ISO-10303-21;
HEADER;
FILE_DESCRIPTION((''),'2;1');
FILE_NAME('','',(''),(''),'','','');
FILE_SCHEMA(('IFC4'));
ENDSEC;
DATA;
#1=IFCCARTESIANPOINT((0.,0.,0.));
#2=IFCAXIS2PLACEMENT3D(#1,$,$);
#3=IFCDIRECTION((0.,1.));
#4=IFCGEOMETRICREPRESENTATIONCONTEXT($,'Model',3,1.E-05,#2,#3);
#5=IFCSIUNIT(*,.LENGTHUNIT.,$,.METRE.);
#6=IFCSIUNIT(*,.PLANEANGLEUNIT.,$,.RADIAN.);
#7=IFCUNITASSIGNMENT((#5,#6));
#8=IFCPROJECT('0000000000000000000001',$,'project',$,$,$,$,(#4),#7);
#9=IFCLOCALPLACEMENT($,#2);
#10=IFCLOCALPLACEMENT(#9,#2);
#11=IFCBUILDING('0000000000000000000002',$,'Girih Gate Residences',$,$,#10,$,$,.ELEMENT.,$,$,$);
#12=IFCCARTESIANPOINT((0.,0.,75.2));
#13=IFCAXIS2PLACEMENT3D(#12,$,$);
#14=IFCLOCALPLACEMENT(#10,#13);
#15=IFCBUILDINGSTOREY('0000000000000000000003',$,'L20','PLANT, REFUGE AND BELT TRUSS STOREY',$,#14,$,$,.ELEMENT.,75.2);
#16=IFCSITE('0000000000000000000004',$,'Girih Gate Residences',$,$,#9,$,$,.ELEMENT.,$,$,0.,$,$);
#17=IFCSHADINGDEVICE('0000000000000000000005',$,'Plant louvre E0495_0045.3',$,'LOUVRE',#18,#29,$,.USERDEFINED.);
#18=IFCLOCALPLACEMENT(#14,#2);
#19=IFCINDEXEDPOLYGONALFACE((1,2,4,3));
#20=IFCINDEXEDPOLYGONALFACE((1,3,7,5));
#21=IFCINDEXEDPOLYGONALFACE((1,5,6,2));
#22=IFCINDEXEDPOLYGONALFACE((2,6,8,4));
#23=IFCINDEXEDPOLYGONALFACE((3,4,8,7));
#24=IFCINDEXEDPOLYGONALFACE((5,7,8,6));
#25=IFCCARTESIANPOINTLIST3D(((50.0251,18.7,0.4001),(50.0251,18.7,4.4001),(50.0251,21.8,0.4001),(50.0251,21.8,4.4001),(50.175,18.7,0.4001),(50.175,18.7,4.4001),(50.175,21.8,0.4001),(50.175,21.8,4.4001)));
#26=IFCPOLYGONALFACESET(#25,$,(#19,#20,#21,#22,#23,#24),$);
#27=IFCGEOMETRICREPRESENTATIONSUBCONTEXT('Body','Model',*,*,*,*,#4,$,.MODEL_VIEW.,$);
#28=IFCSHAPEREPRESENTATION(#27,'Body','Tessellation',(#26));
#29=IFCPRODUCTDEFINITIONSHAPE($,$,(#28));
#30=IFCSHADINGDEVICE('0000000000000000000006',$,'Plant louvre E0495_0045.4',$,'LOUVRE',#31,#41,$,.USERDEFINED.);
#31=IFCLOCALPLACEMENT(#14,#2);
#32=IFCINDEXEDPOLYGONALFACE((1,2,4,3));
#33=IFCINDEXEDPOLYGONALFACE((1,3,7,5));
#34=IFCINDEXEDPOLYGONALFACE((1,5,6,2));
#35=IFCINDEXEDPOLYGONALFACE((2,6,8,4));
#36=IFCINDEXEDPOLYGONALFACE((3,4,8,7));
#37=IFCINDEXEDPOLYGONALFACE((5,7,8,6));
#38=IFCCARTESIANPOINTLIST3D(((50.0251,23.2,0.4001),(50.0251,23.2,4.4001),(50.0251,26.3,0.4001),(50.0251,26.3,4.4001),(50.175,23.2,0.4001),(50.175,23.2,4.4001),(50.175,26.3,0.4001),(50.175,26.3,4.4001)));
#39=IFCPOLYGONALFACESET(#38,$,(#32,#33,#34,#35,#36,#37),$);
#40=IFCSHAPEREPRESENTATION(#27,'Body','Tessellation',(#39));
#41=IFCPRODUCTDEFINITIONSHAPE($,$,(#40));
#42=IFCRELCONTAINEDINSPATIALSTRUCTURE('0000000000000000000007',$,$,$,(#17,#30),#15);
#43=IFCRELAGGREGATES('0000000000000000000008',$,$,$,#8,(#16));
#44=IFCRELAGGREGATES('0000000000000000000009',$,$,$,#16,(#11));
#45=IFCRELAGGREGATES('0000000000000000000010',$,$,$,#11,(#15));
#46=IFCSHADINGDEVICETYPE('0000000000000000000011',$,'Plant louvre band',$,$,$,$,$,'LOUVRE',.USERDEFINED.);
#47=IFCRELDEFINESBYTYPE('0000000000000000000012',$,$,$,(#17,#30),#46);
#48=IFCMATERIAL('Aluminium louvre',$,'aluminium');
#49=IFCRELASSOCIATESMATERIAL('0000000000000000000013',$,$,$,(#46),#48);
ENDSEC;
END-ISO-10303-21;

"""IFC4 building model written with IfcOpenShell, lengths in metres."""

from ifc_helpers import new_model, si_unit, direction, frame, origin, origin_2d, place, context, subcontext, project, spatial, rectangle, extrude, material, type_object, element, save


model = new_model("IFC4")

# Units and contexts
model_context = context("Model", 3, precision=1e-05, world=origin(), true_north=direction((0.0, 1.0)))
body_context = subcontext(model_context, "Body", "Model", "MODEL_VIEW")
ifc_project = project(units=[si_unit("LENGTHUNIT", "METRE"), si_unit("PLANEANGLEUNIT", "RADIAN")], contexts=[model_context])

# Site, building, storey
site_placement = place(None, origin())
site = spatial("IfcSite", under=ifc_project, at=site_placement, Name="Girih Gate Residences", CompositionType="ELEMENT", RefElevation=0.0)
building_placement = place(site_placement, origin())
building = spatial("IfcBuilding", under=site, at=building_placement, Name="Girih Gate Residences", CompositionType="ELEMENT")
storey_placement = place(building_placement, frame((0.0, 0.0, 75.2)))
storey = spatial("IfcBuildingStorey", under=building, at=storey_placement, Name="L20", Description="PLANT, REFUGE AND BELT TRUSS STOREY", CompositionType="ELEMENT", Elevation=75.2)

# Shading devices
ifc_material_1 = material(Name="Aluminium louvre", Category="aluminium")
shading_device_type = type_object("IfcShadingDeviceType", Name="Plant louvre band", ElementType="LOUVRE", PredefinedType="USERDEFINED", material=ifc_material_1)
for number, where, z_axis, x_axis, name in (
    (1, (50.1001, 20.25, 0.4001), (0.0, 0.0, 1.0), (0.0, 1.0, 0.0), "Plant louvre E0495_0045.3"),
    (2, (50.1001, 24.75, 0.4001), (0.0, 0.0, 1.0), (0.0, 1.0, 0.0), "Plant louvre E0495_0045.4"),
):
    element("IfcShadingDevice", number, at=place(storey_placement, frame(where, z_axis=z_axis, x_axis=x_axis)), inside=storey, type_object=shading_device_type, Name=name, ObjectType="LOUVRE", PredefinedType="USERDEFINED", context=body_context, shape_type="SweptSolid", body=[
        extrude(rectangle(XDim=3.1001, YDim=0.1499, at=origin_2d()), origin(), (0.0, 0.0, 1.0), 4.0),
    ])

save(model, "model.ifc")
